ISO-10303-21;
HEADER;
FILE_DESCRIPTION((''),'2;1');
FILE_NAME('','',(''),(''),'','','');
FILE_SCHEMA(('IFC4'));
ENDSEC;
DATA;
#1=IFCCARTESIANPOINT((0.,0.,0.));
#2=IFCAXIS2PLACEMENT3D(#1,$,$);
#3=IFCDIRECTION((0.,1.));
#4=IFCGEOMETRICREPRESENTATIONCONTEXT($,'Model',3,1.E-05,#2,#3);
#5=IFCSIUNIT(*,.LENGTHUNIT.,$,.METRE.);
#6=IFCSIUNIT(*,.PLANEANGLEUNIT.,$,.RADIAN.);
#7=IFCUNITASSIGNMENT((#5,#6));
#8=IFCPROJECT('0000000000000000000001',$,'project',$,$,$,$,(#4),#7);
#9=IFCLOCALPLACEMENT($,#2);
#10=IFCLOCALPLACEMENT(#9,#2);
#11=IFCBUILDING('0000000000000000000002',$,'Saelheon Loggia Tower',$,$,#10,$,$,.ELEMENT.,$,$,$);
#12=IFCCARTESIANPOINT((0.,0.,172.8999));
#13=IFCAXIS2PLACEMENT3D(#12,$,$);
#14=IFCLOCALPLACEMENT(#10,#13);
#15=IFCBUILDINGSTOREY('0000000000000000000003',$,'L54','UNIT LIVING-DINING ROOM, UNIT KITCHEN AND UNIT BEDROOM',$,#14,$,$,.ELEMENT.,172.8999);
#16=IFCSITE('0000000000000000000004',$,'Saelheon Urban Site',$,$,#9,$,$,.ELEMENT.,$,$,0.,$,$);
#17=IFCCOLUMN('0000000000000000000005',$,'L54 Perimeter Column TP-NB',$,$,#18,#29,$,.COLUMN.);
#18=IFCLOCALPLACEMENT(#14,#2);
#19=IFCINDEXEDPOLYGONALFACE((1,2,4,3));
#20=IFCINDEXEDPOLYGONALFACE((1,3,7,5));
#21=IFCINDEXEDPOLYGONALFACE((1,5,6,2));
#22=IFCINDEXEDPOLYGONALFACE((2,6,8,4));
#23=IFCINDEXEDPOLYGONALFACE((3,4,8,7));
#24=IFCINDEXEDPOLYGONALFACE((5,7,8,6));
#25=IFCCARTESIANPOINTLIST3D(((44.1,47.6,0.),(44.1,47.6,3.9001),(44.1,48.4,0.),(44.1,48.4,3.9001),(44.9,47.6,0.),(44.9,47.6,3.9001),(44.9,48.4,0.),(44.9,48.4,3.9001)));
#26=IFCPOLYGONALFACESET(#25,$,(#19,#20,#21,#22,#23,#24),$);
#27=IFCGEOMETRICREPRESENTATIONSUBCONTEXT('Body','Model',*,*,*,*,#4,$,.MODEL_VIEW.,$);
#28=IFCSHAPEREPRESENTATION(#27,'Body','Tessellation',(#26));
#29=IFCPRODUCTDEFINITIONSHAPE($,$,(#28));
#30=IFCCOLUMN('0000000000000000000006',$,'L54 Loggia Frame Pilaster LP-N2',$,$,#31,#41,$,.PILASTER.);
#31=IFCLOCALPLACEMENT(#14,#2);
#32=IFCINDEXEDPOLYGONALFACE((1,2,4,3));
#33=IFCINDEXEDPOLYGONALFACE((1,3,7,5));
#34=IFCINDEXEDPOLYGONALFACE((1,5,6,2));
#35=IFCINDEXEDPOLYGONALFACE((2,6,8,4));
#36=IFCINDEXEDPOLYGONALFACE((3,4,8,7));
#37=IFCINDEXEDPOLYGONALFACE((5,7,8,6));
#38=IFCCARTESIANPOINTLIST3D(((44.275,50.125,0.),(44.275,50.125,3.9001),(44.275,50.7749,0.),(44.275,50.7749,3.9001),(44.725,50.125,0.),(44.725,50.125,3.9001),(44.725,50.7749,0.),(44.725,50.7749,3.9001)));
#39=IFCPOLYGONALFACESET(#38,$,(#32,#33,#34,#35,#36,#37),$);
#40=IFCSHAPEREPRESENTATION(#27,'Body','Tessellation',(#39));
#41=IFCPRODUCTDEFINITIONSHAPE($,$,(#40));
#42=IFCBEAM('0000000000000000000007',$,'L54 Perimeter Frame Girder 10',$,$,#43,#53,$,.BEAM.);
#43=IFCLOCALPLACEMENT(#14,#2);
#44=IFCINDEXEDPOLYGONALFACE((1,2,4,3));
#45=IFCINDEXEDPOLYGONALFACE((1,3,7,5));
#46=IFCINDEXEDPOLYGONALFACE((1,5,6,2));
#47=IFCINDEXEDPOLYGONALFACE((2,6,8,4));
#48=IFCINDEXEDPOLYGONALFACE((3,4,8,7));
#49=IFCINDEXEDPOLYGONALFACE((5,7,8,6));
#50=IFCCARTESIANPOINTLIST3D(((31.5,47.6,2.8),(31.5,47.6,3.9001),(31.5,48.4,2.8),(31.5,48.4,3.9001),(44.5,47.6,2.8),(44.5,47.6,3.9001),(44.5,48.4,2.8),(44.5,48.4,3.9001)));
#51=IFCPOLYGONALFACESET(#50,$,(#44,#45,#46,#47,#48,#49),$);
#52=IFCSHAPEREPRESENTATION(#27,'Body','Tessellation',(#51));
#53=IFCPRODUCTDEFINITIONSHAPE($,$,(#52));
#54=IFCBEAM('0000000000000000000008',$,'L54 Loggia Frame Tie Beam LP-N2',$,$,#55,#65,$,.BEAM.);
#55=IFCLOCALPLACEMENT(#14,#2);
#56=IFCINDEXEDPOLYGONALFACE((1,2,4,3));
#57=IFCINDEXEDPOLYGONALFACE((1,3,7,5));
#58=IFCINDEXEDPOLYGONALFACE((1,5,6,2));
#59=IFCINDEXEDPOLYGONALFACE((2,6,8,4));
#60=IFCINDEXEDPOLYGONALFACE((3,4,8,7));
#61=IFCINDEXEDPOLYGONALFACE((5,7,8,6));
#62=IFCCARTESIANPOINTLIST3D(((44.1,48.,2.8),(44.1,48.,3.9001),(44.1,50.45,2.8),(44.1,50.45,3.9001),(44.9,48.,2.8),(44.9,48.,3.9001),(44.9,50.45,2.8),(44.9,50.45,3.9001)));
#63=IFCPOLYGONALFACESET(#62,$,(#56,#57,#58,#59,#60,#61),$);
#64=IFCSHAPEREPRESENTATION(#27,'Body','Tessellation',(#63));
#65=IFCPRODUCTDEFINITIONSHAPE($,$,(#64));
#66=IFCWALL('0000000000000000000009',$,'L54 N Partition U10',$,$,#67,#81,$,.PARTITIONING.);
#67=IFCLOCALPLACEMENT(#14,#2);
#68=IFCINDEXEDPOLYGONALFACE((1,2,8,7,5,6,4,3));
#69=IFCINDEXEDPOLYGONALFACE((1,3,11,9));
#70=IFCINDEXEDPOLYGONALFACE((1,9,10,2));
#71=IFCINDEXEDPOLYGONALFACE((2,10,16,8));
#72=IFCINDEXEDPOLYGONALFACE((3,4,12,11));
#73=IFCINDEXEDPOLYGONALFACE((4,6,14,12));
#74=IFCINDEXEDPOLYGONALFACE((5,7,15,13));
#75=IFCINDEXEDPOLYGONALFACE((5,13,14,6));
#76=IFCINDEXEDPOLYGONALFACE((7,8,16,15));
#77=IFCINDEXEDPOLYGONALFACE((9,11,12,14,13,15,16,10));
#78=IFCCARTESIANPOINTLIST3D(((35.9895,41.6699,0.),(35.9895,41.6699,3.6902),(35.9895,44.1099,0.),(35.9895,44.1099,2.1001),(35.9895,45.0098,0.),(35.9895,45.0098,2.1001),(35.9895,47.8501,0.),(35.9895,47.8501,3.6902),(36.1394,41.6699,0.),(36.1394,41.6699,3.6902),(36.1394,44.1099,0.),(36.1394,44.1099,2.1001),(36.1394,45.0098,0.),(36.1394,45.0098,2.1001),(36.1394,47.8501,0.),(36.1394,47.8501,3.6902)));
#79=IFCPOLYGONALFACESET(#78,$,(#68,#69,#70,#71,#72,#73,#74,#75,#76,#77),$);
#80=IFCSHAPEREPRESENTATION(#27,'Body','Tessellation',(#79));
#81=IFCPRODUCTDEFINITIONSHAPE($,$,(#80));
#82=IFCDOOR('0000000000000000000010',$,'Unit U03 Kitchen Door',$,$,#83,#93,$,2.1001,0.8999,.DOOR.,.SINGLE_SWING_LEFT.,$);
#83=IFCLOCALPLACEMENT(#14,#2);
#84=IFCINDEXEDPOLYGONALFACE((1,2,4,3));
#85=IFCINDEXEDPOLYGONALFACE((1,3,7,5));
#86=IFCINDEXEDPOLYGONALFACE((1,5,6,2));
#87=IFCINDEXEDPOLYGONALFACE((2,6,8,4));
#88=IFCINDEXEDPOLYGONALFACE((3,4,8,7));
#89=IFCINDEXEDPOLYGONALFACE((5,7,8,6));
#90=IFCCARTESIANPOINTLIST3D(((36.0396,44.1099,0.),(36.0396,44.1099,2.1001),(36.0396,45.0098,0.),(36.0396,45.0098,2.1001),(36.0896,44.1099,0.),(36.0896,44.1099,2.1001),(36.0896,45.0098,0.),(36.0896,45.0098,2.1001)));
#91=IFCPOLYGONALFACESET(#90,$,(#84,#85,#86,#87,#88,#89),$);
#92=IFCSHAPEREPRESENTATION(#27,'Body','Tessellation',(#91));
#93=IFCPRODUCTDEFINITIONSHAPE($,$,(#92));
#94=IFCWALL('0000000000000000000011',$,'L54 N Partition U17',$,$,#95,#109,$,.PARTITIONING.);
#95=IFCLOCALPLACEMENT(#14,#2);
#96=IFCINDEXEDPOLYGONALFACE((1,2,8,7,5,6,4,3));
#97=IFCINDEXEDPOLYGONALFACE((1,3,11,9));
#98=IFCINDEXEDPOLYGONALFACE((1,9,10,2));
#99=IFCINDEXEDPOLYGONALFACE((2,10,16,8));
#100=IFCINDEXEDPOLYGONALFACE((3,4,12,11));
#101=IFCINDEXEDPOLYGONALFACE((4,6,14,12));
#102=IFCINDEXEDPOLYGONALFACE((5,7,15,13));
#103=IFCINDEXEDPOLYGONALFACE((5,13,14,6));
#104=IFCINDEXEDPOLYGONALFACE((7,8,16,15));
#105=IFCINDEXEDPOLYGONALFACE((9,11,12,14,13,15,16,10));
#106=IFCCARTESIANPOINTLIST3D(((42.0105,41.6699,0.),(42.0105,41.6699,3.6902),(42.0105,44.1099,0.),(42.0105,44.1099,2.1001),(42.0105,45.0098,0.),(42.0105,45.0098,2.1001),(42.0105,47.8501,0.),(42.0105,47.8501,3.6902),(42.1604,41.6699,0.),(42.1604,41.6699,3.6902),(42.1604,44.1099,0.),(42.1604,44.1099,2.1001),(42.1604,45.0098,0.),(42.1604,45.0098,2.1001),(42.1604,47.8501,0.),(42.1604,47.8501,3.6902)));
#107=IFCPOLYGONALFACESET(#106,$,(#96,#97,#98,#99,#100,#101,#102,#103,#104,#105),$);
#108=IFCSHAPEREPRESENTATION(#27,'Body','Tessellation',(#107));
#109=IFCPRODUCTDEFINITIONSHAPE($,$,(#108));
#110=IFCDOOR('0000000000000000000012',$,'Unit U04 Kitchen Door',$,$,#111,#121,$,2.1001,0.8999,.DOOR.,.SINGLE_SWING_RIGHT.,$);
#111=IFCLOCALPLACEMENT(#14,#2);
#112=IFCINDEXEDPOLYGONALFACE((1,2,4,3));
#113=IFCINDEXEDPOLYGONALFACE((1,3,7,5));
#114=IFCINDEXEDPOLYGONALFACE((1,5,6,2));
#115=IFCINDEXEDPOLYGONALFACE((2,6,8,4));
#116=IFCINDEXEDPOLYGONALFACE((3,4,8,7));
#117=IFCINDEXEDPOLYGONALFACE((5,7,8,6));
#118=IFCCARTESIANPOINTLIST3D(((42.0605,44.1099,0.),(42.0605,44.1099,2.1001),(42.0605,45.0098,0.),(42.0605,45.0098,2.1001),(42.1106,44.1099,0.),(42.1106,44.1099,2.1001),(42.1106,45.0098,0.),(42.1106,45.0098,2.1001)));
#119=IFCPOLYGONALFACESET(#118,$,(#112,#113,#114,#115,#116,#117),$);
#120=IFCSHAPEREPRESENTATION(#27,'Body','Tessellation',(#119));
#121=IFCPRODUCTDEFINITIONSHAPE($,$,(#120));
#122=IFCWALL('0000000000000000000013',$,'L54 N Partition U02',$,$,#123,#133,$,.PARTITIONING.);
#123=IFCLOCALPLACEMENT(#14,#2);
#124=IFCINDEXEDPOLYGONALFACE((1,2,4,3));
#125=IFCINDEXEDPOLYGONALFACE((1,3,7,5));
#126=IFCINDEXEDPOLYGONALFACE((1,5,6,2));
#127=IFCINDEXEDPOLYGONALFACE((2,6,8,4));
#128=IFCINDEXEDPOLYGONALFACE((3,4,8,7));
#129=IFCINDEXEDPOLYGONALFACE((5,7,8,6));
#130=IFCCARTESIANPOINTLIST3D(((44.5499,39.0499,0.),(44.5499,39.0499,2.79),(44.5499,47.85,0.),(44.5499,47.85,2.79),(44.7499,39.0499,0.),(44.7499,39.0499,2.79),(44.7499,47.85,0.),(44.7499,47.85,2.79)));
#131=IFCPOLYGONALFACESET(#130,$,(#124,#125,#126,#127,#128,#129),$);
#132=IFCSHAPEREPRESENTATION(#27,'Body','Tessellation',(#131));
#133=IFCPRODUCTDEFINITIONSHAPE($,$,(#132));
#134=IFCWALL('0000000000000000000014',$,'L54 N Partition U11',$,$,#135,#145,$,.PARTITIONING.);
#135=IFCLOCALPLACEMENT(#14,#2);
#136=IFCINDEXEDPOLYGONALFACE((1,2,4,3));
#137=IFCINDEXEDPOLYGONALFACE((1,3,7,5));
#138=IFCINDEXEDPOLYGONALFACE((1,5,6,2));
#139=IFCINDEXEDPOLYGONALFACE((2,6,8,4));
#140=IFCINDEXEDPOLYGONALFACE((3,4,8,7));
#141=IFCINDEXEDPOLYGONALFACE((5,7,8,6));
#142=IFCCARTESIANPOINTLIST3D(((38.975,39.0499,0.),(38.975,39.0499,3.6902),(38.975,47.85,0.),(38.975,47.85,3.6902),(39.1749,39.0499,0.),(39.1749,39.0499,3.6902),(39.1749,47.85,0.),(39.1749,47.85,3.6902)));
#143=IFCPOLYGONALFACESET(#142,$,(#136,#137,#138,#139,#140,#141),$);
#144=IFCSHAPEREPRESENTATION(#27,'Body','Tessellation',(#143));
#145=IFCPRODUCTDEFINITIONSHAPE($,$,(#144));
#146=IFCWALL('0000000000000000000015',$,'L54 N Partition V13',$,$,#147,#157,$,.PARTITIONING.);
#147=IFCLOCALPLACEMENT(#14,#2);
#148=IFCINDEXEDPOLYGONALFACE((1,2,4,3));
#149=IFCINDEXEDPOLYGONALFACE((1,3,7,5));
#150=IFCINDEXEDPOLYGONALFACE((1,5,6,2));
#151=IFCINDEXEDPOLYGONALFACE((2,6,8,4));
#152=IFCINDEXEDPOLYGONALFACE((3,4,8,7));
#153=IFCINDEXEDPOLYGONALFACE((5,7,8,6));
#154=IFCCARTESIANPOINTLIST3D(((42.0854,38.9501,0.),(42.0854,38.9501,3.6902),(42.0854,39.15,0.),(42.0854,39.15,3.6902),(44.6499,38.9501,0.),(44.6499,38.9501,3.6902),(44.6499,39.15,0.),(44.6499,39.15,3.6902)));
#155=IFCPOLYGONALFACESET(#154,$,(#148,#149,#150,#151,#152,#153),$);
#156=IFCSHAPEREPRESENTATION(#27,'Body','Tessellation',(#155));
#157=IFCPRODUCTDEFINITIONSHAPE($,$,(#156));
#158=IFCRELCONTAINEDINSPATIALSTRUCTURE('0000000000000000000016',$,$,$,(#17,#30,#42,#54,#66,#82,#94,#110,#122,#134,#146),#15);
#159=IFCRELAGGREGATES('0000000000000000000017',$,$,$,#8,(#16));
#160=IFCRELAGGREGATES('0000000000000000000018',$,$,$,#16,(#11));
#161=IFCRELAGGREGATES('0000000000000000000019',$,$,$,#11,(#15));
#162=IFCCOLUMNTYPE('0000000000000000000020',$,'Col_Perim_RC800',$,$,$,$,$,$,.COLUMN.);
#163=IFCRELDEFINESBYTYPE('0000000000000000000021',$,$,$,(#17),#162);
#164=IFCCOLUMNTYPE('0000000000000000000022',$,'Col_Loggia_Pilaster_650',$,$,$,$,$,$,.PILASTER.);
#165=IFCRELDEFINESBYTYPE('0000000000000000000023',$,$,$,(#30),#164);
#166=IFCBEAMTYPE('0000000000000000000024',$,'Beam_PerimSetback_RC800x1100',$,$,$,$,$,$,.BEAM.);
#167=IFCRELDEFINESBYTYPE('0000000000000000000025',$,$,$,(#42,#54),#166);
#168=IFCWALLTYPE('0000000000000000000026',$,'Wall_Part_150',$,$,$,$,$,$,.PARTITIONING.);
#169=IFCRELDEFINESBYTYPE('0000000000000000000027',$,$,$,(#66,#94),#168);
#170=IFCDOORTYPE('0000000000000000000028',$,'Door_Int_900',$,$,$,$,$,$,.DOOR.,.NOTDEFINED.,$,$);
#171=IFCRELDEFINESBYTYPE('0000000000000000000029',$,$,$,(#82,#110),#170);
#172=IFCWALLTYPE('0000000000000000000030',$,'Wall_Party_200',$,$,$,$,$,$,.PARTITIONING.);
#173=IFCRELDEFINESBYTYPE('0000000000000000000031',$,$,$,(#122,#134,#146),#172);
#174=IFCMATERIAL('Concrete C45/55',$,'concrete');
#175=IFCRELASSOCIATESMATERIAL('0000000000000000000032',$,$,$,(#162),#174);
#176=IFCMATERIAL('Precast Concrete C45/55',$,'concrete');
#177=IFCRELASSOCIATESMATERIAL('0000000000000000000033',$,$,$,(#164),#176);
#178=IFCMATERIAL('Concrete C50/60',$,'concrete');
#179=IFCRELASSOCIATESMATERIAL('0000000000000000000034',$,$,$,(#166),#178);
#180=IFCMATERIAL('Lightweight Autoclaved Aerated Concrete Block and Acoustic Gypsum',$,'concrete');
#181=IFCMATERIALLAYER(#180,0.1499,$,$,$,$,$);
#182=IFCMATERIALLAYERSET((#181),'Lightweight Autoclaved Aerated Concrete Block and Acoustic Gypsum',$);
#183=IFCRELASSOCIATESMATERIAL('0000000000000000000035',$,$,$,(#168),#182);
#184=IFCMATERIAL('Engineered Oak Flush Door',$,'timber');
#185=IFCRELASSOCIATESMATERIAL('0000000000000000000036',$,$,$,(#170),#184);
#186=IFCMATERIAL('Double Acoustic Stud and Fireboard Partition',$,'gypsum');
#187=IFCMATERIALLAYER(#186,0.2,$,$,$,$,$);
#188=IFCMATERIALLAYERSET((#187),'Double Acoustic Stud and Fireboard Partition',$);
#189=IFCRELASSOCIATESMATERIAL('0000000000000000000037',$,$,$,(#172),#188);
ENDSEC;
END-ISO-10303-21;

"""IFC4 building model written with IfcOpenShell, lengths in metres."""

from ifc_helpers import new_model, si_unit, direction, frame, frame_2d, origin, origin_2d, place, context, subcontext, project, spatial, rectangle, extrude, source, transform, mapped, material, layer, layer_set, material_profile, profile_set, type_object, element, fill, save


model = new_model("IFC4")

# Units and contexts
model_context = context("Model", 3, precision=1e-05, world=origin(), true_north=direction((0.0, 1.0)))
body_context = subcontext(model_context, "Body", "Model", "MODEL_VIEW")
ifc_project = project(units=[si_unit("LENGTHUNIT", "METRE"), si_unit("PLANEANGLEUNIT", "RADIAN")], contexts=[model_context])

# Site, building, storey
site_placement = place(None, origin())
site = spatial("IfcSite", under=ifc_project, at=site_placement, Name="Saelheon Urban Site", CompositionType="ELEMENT", RefElevation=0.0)
building_placement = place(site_placement, origin())
building = spatial("IfcBuilding", under=site, at=building_placement, Name="Saelheon Loggia Tower", CompositionType="ELEMENT")
storey_placement = place(building_placement, frame((0.0, 0.0, 172.8999)))
storey = spatial("IfcBuildingStorey", under=building, at=storey_placement, Name="L54", Description="UNIT LIVING-DINING ROOM, UNIT KITCHEN AND UNIT BEDROOM", CompositionType="ELEMENT", Elevation=172.8999)

# Columns
ifc_material_1 = material(Name="Concrete C45/55", Category="concrete")
ifc_material_profile_1 = material_profile(ifc_material_1, rectangle(XDim=0.8, YDim=0.8, at=origin_2d()), Name="RC-800x800")
ifc_profile_set_1 = profile_set([ifc_material_profile_1], Name="Concrete C45/55")
column_type_1 = type_object("IfcColumnType", Name="Col_Perim_RC800", PredefinedType="COLUMN", material=ifc_profile_set_1)
shared_shape_1 = source(origin(), body_context, "Body", "SweptSolid", [
    extrude(rectangle(XDim=0.8, YDim=0.8, at=origin_2d()), origin(), (0.0, 0.0, 1.0), 3.9001),
])
column_1_placement = place(storey_placement, frame((44.5, 48.0, 0.0), z_axis=(0.0, 0.0, 1.0), x_axis=(1.0, 0.0, 0.0)))
element("IfcColumn", 1, at=column_1_placement, inside=storey, type_object=column_type_1, Name="L54 Perimeter Column TP-NB", PredefinedType="COLUMN", context=body_context, shape_type="MappedRepresentation", body=[
    mapped(shared_shape_1, transform((0.0, 0.0, 0.0), scale=1.0)),
])
ifc_material_2 = material(Name="Precast Concrete C45/55", Category="concrete")
ifc_material_profile_2 = material_profile(ifc_material_2, rectangle(XDim=0.45, YDim=0.6499, at=origin_2d()), Name="RC-450x650")
ifc_profile_set_2 = profile_set([ifc_material_profile_2], Name="Precast Concrete C45/55")
column_type_2 = type_object("IfcColumnType", Name="Col_Loggia_Pilaster_650", PredefinedType="PILASTER", material=ifc_profile_set_2)
shared_shape_2 = source(origin(), body_context, "Body", "SweptSolid", [
    extrude(rectangle(XDim=0.45, YDim=0.6499, at=origin_2d()), origin(), (0.0, 0.0, 1.0), 3.9001),
])
column_2_placement = place(storey_placement, frame((44.5, 50.45, 0.0), z_axis=(0.0, 0.0, 1.0), x_axis=(1.0, 0.0, 0.0)))
element("IfcColumn", 2, at=column_2_placement, inside=storey, type_object=column_type_2, Name="L54 Loggia Frame Pilaster LP-N2", PredefinedType="PILASTER", context=body_context, shape_type="MappedRepresentation", body=[
    mapped(shared_shape_2, transform((0.0, 0.0, 0.0), scale=1.0)),
])

# Beams
ifc_material_3 = material(Name="Concrete C50/60", Category="concrete")
ifc_material_profile_3 = material_profile(ifc_material_3, rectangle(XDim=0.8, YDim=1.1001, at=origin_2d()), Name="RC-800x1100")
ifc_profile_set_3 = profile_set([ifc_material_profile_3], Name="Concrete C50/60")
beam_type = type_object("IfcBeamType", Name="Beam_PerimSetback_RC800x1100", PredefinedType="BEAM", material=ifc_profile_set_3)
shared_shape_3 = source(origin(), body_context, "Body", "SweptSolid", [
    extrude(rectangle(XDim=0.8, YDim=1.1001, at=origin_2d()), origin(), (0.0, 0.0, 1.0), 13.0),
])
beam_1_placement = place(storey_placement, frame((44.5, 48.0, 3.3501), z_axis=(-1.0, 0.0, 0.0), x_axis=(0.0, -1.0, 0.0)))
element("IfcBeam", 3, at=beam_1_placement, inside=storey, type_object=beam_type, Name="L54 Perimeter Frame Girder 10", PredefinedType="BEAM", context=body_context, shape_type="MappedRepresentation", body=[
    mapped(shared_shape_3, transform((0.0, 0.0, 0.0), scale=1.0)),
])
shared_shape_4 = source(origin(), body_context, "Body", "SweptSolid", [
    extrude(rectangle(XDim=0.8, YDim=1.1001, at=origin_2d()), origin(), (0.0, 0.0, 1.0), 2.45),
])
beam_2_placement = place(storey_placement, frame((44.5, 48.0, 3.3501), z_axis=(0.0, 1.0, 0.0), x_axis=(-1.0, 0.0, 0.0)))
element("IfcBeam", 4, at=beam_2_placement, inside=storey, type_object=beam_type, Name="L54 Loggia Frame Tie Beam LP-N2", PredefinedType="BEAM", context=body_context, shape_type="MappedRepresentation", body=[
    mapped(shared_shape_4, transform((0.0, 0.0, 0.0), scale=1.0)),
])

# Walls, openings, doors
ifc_material_4 = material(Name="Lightweight Autoclaved Aerated Concrete Block and Acoustic Gypsum", Category="concrete")
ifc_layer_1 = layer(ifc_material_4, 0.1499)
ifc_layer_set_1 = layer_set([ifc_layer_1], Name="Lightweight Autoclaved Aerated Concrete Block and Acoustic Gypsum")
wall_type_1 = type_object("IfcWallType", Name="Wall_Part_150", PredefinedType="PARTITIONING", material=ifc_layer_set_1)
wall_1_placement = place(storey_placement, frame((36.0645, 41.6699, 0.0), z_axis=(0.0, 0.0, 1.0), x_axis=(0.0, 1.0, 0.0)))
wall_1 = element("IfcWall", 5, at=wall_1_placement, inside=storey, type_object=wall_type_1, Name="L54 N Partition U10", PredefinedType="PARTITIONING", context=body_context, shape_type="SweptSolid", body=[
    extrude(rectangle(XDim=6.1802, YDim=0.1499, at=frame_2d((3.0901, 0.0))), origin(), (0.0, 0.0, 1.0), 3.6902),
])
opening_1_placement = place(wall_1_placement, frame((2.4399, 0.0, 0.0)))
opening_1 = element("IfcOpeningElement", 6, at=opening_1_placement, cuts=wall_1, PredefinedType="OPENING", context=body_context, shape_type="SweptSolid", body=[
    extrude(rectangle(XDim=0.8999, YDim=2.1001, at=frame_2d((0.45, 1.05))), frame((0.0, 0.0869, 0.0), z_axis=(0.0, -1.0, 0.0), x_axis=(1.0, 0.0, 0.0)), (0.0, 0.0, 1.0), 0.1738),
])
ifc_material_5 = material(Name="Engineered Oak Flush Door", Category="timber")
door_type_1 = type_object("IfcDoorType", Name="Door_Int_900", OperationType="NOTDEFINED", PredefinedType="DOOR", material=ifc_material_5)
shared_shape_5 = source(origin(), body_context, "Body", "SweptSolid", [
    extrude(rectangle(XDim=0.8999, YDim=2.1001, at=frame_2d((0.45, 1.05))), frame((0.0, 0.0249, 0.0), z_axis=(0.0, -1.0, 0.0), x_axis=(1.0, 0.0, 0.0)), (0.0, 0.0, 1.0), 0.05),
])
door_1_placement = place(opening_1_placement, origin())
door_1 = element("IfcDoor", 7, at=door_1_placement, inside=storey, type_object=door_type_1, Name="Unit U03 Kitchen Door", OperationType="SINGLE_SWING_LEFT", OverallHeight=2.1001, OverallWidth=0.8999, PredefinedType="DOOR", context=body_context, shape_type="MappedRepresentation", body=[
    mapped(shared_shape_5, transform((0.0, 0.0, 0.0), scale=1.0)),
])
fill(opening_1, door_1)
wall_2_placement = place(storey_placement, frame((42.0854, 41.6699, 0.0), z_axis=(0.0, 0.0, 1.0), x_axis=(0.0, 1.0, 0.0)))
wall_2 = element("IfcWall", 8, at=wall_2_placement, inside=storey, type_object=wall_type_1, Name="L54 N Partition U17", PredefinedType="PARTITIONING", context=body_context, shape_type="SweptSolid", body=[
    extrude(rectangle(XDim=6.1802, YDim=0.1499, at=frame_2d((3.0901, 0.0))), origin(), (0.0, 0.0, 1.0), 3.6902),
])
opening_2_placement = place(wall_2_placement, frame((2.4399, 0.0, 0.0)))
opening_2 = element("IfcOpeningElement", 9, at=opening_2_placement, cuts=wall_2, PredefinedType="OPENING", context=body_context, shape_type="SweptSolid", body=[
    extrude(rectangle(XDim=0.8999, YDim=2.1001, at=frame_2d((0.45, 1.05))), frame((0.0, 0.0869, 0.0), z_axis=(0.0, -1.0, 0.0), x_axis=(1.0, 0.0, 0.0)), (0.0, 0.0, 1.0), 0.1738),
])
door_2_placement = place(opening_2_placement, origin())
door_2 = element("IfcDoor", 10, at=door_2_placement, inside=storey, type_object=door_type_1, Name="Unit U04 Kitchen Door", OperationType="SINGLE_SWING_RIGHT", OverallHeight=2.1001, OverallWidth=0.8999, PredefinedType="DOOR", context=body_context, shape_type="MappedRepresentation", body=[
    mapped(shared_shape_5, transform((0.0, 0.0, 0.0), scale=1.0)),
])
fill(opening_2, door_2)

# Walls
ifc_material_6 = material(Name="Double Acoustic Stud and Fireboard Partition", Category="gypsum")
ifc_layer_2 = layer(ifc_material_6, 0.2)
ifc_layer_set_2 = layer_set([ifc_layer_2], Name="Double Acoustic Stud and Fireboard Partition")
wall_type_2 = type_object("IfcWallType", Name="Wall_Party_200", PredefinedType="PARTITIONING", material=ifc_layer_set_2)
wall_3_placement = place(storey_placement, frame((44.6499, 39.05, 0.0), z_axis=(0.0, 0.0, 1.0), x_axis=(0.0, 1.0, 0.0)))
element("IfcWall", 11, at=wall_3_placement, inside=storey, type_object=wall_type_2, Name="L54 N Partition U02", PredefinedType="PARTITIONING", context=body_context, shape_type="SweptSolid", body=[
    extrude(rectangle(XDim=8.8, YDim=0.2, at=frame_2d((4.3999, 0.0))), origin(), (0.0, 0.0, 1.0), 2.79),
])
wall_4_placement = place(storey_placement, frame((39.075, 39.05, 0.0), z_axis=(0.0, 0.0, 1.0), x_axis=(0.0, 1.0, 0.0)))
element("IfcWall", 12, at=wall_4_placement, inside=storey, type_object=wall_type_2, Name="L54 N Partition U11", PredefinedType="PARTITIONING", context=body_context, shape_type="SweptSolid", body=[
    extrude(rectangle(XDim=8.8, YDim=0.2, at=frame_2d((4.3999, 0.0))), origin(), (0.0, 0.0, 1.0), 3.6902),
])

# Wall
wall_5_placement = place(storey_placement, frame((42.0854, 39.05, 0.0), z_axis=(0.0, 0.0, 1.0), x_axis=(1.0, 0.0, 0.0)))
element("IfcWall", 13, at=wall_5_placement, inside=storey, type_object=wall_type_2, Name="L54 N Partition V13", PredefinedType="PARTITIONING", context=body_context, shape_type="SweptSolid", body=[
    extrude(rectangle(XDim=2.5645, YDim=0.2, at=frame_2d((1.2822, 0.0))), origin(), (0.0, 0.0, 1.0), 3.6902),
])

save(model, "model.ifc")
